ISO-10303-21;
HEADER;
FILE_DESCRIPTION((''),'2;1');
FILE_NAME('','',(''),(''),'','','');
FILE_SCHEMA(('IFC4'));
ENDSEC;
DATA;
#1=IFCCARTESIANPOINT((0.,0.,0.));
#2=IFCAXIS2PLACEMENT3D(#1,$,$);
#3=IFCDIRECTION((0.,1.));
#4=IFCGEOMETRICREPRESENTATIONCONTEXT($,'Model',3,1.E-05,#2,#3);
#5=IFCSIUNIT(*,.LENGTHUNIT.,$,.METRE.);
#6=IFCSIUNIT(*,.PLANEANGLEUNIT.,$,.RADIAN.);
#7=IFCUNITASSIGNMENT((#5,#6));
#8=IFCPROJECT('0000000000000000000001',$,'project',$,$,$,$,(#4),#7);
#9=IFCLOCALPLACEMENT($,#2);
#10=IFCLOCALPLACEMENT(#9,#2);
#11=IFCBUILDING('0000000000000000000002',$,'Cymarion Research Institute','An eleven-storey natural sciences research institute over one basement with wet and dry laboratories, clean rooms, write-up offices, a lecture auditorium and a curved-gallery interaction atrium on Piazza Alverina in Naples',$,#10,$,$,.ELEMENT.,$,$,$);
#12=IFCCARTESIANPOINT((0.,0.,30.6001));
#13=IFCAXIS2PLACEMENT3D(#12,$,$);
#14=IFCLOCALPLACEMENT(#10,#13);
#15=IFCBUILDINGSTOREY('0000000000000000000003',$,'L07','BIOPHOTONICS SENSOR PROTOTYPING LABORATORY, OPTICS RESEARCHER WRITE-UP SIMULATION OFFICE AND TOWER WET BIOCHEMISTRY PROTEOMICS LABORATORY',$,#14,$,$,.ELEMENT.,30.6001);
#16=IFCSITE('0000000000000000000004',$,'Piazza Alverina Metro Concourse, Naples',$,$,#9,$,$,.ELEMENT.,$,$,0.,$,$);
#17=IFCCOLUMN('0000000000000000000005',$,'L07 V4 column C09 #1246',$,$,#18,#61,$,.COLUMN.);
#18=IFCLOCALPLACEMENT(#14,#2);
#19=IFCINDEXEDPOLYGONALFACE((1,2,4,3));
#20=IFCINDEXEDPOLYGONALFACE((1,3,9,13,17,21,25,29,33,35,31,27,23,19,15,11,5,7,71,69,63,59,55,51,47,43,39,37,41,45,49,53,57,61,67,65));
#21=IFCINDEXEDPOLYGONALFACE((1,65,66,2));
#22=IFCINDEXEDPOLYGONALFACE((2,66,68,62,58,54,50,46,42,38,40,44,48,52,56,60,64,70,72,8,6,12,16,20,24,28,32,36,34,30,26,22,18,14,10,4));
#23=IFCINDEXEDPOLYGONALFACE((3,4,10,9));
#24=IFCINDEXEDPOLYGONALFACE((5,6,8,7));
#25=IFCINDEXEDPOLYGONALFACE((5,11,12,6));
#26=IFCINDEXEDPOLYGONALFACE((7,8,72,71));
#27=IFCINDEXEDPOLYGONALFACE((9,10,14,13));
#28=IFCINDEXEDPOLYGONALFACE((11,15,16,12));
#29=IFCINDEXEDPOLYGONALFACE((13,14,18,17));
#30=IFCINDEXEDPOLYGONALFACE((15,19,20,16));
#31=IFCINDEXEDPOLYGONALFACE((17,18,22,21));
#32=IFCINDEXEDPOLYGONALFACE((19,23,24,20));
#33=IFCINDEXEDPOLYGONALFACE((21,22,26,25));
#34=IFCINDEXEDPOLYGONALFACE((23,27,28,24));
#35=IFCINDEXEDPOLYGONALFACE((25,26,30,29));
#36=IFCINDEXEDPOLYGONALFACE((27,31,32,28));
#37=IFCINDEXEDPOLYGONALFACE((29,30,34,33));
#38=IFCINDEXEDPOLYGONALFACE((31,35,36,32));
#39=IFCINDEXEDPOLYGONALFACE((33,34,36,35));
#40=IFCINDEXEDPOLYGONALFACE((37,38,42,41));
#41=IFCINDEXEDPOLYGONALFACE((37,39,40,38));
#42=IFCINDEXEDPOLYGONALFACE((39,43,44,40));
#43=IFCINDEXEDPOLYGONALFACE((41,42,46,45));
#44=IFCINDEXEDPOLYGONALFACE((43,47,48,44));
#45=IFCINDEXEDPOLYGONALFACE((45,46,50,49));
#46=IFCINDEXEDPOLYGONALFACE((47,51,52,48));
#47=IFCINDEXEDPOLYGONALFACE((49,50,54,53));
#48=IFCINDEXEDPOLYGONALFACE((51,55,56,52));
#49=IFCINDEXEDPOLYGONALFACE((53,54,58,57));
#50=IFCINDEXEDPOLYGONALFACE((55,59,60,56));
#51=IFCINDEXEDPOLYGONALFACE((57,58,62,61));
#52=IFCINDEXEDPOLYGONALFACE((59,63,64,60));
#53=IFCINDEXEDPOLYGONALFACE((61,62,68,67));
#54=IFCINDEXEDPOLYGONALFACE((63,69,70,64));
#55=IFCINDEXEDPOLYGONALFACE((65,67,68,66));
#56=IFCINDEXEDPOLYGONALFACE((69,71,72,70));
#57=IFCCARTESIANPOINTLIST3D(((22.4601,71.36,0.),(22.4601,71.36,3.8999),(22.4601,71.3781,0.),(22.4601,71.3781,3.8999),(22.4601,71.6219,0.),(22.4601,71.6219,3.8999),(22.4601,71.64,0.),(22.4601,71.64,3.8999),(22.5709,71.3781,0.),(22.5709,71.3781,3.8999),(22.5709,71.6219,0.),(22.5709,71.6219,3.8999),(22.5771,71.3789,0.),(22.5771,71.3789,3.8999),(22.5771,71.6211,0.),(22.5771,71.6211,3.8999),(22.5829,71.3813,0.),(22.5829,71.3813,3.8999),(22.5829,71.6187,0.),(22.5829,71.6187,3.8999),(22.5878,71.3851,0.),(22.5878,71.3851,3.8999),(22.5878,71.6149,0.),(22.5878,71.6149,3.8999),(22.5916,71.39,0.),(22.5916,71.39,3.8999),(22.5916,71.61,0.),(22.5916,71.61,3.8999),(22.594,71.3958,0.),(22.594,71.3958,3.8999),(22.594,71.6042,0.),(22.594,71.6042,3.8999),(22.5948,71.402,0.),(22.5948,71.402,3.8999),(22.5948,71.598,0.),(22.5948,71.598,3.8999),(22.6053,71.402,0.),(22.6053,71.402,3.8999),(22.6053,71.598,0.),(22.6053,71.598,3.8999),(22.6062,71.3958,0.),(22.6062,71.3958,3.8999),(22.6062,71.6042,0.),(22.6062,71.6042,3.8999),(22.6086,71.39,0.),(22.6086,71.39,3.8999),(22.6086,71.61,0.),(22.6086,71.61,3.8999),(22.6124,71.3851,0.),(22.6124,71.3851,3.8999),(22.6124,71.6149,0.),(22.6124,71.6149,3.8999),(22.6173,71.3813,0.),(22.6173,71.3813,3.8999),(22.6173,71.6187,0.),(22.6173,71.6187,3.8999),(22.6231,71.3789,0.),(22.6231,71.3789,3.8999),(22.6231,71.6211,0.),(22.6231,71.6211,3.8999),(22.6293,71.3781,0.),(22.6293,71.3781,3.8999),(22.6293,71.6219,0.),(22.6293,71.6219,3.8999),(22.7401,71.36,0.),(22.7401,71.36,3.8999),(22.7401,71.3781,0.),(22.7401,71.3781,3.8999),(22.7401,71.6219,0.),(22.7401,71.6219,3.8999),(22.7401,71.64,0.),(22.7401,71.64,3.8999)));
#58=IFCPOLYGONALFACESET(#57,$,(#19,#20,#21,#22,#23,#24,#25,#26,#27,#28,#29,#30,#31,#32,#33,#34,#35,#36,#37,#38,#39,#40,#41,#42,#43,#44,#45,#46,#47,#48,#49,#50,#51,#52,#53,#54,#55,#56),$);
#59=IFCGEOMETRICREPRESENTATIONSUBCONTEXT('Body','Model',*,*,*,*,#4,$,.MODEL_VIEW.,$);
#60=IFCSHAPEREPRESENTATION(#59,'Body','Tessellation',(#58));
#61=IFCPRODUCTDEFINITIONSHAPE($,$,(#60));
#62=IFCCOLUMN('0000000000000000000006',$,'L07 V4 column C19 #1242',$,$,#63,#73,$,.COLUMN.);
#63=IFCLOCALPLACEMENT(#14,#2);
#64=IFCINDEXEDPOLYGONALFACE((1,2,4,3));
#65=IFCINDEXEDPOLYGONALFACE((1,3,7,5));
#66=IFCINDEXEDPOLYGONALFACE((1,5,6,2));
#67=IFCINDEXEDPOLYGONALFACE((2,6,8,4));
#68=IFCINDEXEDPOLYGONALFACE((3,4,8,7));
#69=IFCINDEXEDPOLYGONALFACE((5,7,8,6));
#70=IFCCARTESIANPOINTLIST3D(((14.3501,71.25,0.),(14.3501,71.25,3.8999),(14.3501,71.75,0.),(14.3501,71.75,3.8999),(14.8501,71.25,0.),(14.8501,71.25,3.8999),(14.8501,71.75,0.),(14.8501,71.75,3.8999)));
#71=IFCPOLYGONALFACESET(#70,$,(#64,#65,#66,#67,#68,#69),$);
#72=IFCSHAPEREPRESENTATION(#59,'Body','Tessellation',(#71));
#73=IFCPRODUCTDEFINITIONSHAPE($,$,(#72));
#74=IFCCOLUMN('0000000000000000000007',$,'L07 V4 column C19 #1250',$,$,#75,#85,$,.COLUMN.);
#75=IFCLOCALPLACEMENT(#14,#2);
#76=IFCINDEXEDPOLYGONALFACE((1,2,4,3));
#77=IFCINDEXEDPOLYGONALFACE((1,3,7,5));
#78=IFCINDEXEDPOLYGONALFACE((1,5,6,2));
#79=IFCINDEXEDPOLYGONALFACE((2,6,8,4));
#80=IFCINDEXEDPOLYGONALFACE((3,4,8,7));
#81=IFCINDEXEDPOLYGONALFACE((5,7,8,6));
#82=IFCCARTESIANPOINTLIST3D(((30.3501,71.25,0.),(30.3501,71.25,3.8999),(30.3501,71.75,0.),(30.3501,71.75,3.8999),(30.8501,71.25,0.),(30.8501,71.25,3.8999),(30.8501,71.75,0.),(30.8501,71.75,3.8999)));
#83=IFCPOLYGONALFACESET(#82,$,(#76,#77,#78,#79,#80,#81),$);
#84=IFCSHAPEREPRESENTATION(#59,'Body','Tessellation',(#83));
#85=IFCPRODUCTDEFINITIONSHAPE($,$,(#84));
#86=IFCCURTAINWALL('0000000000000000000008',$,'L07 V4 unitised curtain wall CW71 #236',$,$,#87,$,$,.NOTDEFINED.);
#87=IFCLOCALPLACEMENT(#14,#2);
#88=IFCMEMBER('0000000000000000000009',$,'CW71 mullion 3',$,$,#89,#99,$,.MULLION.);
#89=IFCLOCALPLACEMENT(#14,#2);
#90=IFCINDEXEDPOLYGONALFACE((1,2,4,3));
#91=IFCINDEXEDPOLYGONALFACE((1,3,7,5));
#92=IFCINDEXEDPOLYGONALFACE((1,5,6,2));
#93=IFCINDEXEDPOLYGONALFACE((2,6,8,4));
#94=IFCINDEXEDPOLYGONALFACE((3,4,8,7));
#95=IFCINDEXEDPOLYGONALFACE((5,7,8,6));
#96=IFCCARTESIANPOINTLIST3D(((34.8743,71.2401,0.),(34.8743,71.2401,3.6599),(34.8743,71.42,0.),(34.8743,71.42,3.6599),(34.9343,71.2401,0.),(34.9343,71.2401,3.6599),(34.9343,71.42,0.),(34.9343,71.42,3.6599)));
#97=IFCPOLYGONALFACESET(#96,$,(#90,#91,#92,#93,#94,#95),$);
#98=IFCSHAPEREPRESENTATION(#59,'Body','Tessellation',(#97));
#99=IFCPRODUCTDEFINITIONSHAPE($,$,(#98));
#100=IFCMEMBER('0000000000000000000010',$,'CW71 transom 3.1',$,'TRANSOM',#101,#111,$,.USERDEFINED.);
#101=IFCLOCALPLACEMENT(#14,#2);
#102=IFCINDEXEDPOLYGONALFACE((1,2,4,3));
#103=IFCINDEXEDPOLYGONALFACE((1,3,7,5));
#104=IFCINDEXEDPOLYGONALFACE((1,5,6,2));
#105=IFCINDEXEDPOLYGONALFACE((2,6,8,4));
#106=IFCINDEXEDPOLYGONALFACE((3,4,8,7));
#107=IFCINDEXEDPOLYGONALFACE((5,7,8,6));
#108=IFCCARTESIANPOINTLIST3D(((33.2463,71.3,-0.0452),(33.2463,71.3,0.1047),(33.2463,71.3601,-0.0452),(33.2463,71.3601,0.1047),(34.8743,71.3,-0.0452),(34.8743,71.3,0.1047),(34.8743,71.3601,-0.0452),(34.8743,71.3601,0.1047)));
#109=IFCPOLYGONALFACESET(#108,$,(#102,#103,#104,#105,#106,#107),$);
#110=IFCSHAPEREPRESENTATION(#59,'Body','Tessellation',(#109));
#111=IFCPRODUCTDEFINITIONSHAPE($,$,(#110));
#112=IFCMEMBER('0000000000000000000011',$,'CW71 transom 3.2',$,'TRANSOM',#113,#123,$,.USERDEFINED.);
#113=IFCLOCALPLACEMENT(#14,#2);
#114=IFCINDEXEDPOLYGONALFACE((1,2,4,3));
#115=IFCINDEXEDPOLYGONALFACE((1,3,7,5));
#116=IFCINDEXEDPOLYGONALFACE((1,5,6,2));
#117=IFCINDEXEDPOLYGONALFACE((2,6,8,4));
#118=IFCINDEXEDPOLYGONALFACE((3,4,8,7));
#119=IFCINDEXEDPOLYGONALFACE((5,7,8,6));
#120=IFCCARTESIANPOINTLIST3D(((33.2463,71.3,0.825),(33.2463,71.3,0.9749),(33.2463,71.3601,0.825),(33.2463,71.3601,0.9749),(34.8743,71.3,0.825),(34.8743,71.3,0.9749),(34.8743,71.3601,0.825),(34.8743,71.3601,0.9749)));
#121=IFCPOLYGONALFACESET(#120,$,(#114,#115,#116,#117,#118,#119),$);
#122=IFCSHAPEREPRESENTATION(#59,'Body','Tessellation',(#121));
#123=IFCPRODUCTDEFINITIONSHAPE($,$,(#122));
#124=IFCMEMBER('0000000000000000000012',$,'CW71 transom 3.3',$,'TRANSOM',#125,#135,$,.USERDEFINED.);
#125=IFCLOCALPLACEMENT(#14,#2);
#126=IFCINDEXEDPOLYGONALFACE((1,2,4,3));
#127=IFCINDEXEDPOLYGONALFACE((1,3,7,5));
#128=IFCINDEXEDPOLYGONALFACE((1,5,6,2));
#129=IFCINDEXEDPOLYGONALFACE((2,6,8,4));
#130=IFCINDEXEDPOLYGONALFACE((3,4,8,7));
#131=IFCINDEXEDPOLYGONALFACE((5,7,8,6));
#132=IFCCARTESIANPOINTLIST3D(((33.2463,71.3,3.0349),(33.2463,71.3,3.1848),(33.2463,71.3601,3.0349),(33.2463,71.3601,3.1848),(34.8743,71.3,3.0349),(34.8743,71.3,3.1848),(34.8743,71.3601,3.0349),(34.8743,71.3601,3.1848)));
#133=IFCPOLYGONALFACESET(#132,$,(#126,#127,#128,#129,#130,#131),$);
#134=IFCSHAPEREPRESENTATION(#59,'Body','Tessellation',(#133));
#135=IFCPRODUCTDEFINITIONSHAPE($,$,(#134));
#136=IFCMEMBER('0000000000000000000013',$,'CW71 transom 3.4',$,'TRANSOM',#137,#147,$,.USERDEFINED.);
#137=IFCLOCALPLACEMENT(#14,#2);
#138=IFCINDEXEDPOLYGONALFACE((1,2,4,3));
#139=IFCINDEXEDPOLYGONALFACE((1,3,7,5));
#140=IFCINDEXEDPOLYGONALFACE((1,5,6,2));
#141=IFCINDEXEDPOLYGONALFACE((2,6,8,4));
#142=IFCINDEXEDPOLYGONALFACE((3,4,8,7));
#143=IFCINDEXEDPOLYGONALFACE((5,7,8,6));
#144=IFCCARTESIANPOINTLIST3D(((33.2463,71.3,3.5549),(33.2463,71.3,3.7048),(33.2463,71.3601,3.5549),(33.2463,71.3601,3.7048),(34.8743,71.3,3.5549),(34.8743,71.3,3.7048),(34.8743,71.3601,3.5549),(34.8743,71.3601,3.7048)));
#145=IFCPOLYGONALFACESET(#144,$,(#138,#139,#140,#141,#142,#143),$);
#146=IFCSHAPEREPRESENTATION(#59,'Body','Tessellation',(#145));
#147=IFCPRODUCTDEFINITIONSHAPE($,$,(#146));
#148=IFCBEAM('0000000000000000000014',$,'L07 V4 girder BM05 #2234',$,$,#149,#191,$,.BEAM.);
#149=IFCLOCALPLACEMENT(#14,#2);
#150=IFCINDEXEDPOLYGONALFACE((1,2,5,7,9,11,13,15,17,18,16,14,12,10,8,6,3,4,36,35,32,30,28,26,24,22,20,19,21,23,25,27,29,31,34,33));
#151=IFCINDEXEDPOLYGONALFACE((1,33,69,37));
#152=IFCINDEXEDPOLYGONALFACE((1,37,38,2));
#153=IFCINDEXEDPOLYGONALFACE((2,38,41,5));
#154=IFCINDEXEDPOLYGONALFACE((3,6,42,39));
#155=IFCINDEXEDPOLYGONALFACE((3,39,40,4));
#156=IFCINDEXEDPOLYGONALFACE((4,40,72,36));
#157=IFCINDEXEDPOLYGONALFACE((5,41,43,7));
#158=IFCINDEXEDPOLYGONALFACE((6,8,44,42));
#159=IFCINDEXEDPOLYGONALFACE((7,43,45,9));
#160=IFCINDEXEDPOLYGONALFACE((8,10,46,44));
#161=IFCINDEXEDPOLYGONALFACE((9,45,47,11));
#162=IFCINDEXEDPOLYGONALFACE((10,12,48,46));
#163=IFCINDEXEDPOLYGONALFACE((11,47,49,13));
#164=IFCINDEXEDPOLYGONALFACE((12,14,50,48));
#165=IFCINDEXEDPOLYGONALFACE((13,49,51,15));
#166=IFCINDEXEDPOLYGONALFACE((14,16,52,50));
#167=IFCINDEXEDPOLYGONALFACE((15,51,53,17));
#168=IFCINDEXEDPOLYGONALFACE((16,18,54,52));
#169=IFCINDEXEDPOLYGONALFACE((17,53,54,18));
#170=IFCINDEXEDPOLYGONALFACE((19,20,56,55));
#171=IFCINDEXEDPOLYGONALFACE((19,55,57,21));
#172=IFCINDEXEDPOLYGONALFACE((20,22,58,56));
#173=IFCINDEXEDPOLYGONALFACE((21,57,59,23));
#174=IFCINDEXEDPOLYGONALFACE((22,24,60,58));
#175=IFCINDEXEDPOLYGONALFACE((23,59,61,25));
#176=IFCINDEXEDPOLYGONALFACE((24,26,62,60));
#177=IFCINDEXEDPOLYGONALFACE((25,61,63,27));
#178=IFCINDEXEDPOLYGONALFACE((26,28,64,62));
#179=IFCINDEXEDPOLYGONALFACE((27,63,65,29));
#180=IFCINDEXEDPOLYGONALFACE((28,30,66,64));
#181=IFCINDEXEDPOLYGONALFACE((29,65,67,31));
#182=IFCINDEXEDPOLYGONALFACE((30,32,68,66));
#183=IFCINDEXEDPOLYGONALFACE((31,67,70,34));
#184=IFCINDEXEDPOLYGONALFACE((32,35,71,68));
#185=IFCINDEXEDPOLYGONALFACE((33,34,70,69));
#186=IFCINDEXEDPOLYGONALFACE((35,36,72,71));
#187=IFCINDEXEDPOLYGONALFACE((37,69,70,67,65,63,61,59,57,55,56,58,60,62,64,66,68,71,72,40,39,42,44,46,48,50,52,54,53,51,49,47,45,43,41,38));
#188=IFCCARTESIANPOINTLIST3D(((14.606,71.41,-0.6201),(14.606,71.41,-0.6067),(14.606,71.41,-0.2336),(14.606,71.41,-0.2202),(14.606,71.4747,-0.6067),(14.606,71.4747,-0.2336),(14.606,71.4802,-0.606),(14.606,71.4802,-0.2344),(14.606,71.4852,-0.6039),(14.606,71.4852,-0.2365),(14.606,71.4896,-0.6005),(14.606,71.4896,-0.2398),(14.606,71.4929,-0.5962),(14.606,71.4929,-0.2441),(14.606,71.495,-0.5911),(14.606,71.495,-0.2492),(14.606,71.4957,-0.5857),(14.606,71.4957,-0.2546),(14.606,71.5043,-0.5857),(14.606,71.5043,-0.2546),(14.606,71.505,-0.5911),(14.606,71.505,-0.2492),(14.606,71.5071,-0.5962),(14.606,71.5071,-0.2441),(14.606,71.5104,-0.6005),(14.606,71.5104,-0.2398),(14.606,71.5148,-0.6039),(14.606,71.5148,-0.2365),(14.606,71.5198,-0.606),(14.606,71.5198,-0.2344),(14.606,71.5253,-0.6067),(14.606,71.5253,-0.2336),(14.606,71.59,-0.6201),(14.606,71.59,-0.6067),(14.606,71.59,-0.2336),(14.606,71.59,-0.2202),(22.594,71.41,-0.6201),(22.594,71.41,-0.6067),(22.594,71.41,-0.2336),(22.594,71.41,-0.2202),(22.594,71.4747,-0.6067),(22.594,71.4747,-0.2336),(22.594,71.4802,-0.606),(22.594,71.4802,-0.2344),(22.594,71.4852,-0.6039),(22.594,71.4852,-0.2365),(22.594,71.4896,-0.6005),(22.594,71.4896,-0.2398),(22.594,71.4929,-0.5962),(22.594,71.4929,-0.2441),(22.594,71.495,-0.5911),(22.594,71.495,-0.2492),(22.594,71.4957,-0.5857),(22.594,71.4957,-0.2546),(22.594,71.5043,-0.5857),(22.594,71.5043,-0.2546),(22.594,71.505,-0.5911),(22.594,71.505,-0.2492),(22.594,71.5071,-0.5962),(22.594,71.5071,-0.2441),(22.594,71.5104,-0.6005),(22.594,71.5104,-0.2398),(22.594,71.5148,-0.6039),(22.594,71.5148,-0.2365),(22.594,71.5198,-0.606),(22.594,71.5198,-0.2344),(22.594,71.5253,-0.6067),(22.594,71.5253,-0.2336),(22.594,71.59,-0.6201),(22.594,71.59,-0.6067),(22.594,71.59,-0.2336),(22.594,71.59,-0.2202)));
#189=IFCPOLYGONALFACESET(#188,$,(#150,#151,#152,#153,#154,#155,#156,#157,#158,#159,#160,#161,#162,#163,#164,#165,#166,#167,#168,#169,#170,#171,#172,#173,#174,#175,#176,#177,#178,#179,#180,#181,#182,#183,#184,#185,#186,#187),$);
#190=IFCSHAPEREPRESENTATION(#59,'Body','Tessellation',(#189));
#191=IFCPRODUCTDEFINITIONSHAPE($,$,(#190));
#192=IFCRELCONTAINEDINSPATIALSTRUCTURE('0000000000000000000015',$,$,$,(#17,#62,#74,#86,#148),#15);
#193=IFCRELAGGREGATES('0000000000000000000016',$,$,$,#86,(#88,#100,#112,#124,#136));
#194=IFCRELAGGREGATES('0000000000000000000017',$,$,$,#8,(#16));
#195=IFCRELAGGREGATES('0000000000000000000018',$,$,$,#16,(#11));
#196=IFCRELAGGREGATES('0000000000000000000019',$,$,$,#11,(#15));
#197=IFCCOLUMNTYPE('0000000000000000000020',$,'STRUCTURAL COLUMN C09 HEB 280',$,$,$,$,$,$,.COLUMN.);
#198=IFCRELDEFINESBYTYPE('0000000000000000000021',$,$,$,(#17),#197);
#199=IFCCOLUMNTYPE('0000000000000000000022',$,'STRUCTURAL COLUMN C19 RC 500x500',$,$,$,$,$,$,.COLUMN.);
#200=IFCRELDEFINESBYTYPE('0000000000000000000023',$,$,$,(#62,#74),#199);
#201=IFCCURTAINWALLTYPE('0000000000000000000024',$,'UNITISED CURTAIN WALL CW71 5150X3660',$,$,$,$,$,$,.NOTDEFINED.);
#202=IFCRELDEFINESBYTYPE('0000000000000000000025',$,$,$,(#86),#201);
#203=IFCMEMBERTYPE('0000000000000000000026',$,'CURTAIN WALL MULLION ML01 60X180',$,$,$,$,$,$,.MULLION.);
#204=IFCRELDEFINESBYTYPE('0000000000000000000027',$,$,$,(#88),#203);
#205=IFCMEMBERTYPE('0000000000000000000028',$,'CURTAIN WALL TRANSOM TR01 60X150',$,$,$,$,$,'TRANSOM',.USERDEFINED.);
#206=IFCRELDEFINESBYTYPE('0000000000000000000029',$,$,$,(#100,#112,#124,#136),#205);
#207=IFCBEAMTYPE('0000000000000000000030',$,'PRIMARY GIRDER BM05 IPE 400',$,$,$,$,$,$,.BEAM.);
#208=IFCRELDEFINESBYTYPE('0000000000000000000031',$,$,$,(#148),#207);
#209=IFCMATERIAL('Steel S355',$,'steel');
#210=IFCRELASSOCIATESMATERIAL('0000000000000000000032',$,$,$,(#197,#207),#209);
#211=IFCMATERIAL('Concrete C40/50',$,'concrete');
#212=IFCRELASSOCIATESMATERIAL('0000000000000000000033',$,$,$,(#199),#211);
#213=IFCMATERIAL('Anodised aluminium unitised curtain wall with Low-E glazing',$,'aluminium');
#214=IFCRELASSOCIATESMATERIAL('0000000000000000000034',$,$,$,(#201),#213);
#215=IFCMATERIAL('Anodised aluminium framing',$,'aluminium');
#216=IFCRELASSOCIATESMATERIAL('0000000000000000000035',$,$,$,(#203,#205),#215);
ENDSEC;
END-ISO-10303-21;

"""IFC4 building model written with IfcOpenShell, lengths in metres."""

from ifc_helpers import new_model, si_unit, direction, frame, origin, origin_2d, place, context, subcontext, project, spatial, rectangle, i_section, extrude, material, material_profile, profile_set, type_object, element, aggregate, save


model = new_model("IFC4")

# Units and contexts
model_context = context("Model", 3, precision=1e-05, world=origin(), true_north=direction((0.0, 1.0)))
body_context = subcontext(model_context, "Body", "Model", "MODEL_VIEW")
ifc_project = project(units=[si_unit("LENGTHUNIT", "METRE"), si_unit("PLANEANGLEUNIT", "RADIAN")], contexts=[model_context])

# Site, building, storey
site_placement = place(None, origin())
site = spatial("IfcSite", under=ifc_project, at=site_placement, Name="Piazza Alverina Metro Concourse, Naples", CompositionType="ELEMENT", RefElevation=0.0)
building_placement = place(site_placement, origin())
building = spatial("IfcBuilding", under=site, at=building_placement, Name="Cymarion Research Institute", Description="An eleven-storey natural sciences research institute over one basement with wet and dry laboratories, clean rooms, write-up offices, a lecture auditorium and a curved-gallery interaction atrium on Piazza Alverina in Naples", CompositionType="ELEMENT")
storey_placement = place(building_placement, frame((0.0, 0.0, 30.6001)))
storey = spatial("IfcBuildingStorey", under=building, at=storey_placement, Name="L07", Description="BIOPHOTONICS SENSOR PROTOTYPING LABORATORY, OPTICS RESEARCHER WRITE-UP SIMULATION OFFICE AND TOWER WET BIOCHEMISTRY PROTEOMICS LABORATORY", CompositionType="ELEMENT", Elevation=30.6001)

# Columns
ifc_material_1 = material(Name="Steel S355", Category="steel")
ifc_material_profile_1 = material_profile(ifc_material_1, i_section(OverallWidth=0.28, OverallDepth=0.28, WebThickness=0.0105, FlangeThickness=0.0181, FilletRadius=0.0239, at=origin_2d()), Name="HEB 280")
ifc_profile_set_1 = profile_set([ifc_material_profile_1], Name="Steel S355")
column_type_1 = type_object("IfcColumnType", Name="STRUCTURAL COLUMN C09 HEB 280", PredefinedType="COLUMN", material=ifc_profile_set_1)
column_placement = place(storey_placement, frame((22.6001, 71.5, 0.0), z_axis=(0.0, 0.0, 1.0), x_axis=(1.0, 0.0, 0.0)))
element("IfcColumn", 1, at=column_placement, inside=storey, type_object=column_type_1, Name="L07 V4 column C09 #1246", PredefinedType="COLUMN", context=body_context, shape_type="SweptSolid", body=[
    extrude(i_section(OverallWidth=0.28, OverallDepth=0.28, WebThickness=0.0105, FlangeThickness=0.0181, FilletRadius=0.0239, at=origin_2d()), origin(), (0.0, 0.0, 1.0), 3.8999),
])
ifc_material_2 = material(Name="Concrete C40/50", Category="concrete")
ifc_material_profile_2 = material_profile(ifc_material_2, rectangle(XDim=0.5, YDim=0.5, at=origin_2d()), Name="RC 500x500")
ifc_profile_set_2 = profile_set([ifc_material_profile_2], Name="Concrete C40/50")
column_type_2 = type_object("IfcColumnType", Name="STRUCTURAL COLUMN C19 RC 500x500", PredefinedType="COLUMN", material=ifc_profile_set_2)
for number, where, z_axis, x_axis, name in (
    (2, (14.6001, 71.5, 0.0), (0.0, 0.0, 1.0), (1.0, 0.0, 0.0), "L07 V4 column C19 #1242"),
    (3, (30.6001, 71.5, 0.0), (0.0, 0.0, 1.0), (1.0, 0.0, 0.0), "L07 V4 column C19 #1250"),
):
    element("IfcColumn", number, at=place(storey_placement, frame(where, z_axis=z_axis, x_axis=x_axis)), inside=storey, type_object=column_type_2, Name=name, PredefinedType="COLUMN", context=body_context, shape_type="SweptSolid", body=[
        extrude(rectangle(XDim=0.5, YDim=0.5, at=origin_2d()), origin(), (0.0, 0.0, 1.0), 3.8999),
    ])

# Curtain wall, members
ifc_material_3 = material(Name="Anodised aluminium unitised curtain wall with Low-E glazing", Category="aluminium")
curtain_wall_type = type_object("IfcCurtainWallType", Name="UNITISED CURTAIN WALL CW71 5150X3660", PredefinedType="NOTDEFINED", material=ifc_material_3)
curtain_wall_placement = place(storey_placement, origin())
curtain_wall = element("IfcCurtainWall", 4, at=curtain_wall_placement, inside=storey, type_object=curtain_wall_type, Name="L07 V4 unitised curtain wall CW71 #236", PredefinedType="NOTDEFINED")
ifc_material_4 = material(Name="Anodised aluminium framing", Category="aluminium")
ifc_material_profile_3 = material_profile(ifc_material_4, rectangle(XDim=0.0601, YDim=0.1799, at=origin_2d()), Name="ALU MULLION 60x180")
ifc_profile_set_3 = profile_set([ifc_material_profile_3], Name="Anodised aluminium framing")
member_type_1 = type_object("IfcMemberType", Name="CURTAIN WALL MULLION ML01 60X180", PredefinedType="MULLION", material=ifc_profile_set_3)
member_1_placement = place(storey_placement, frame((34.9043, 71.3301, 0.0), z_axis=(0.0, 0.0, 1.0), x_axis=(-1.0, 0.0, 0.0)))
member_1 = element("IfcMember", 5, at=member_1_placement, type_object=member_type_1, Name="CW71 mullion 3", PredefinedType="MULLION", context=body_context, shape_type="SweptSolid", body=[
    extrude(rectangle(XDim=0.0601, YDim=0.1799, at=origin_2d()), origin(), (0.0, 0.0, 1.0), 3.6599),
])
ifc_material_profile_4 = material_profile(ifc_material_4, rectangle(XDim=0.0601, YDim=0.1499, at=origin_2d()), Name="ALU TRANSOM 60x150")
ifc_profile_set_4 = profile_set([ifc_material_profile_4], Name="Anodised aluminium framing")
member_type_2 = type_object("IfcMemberType", Name="CURTAIN WALL TRANSOM TR01 60X150", ElementType="TRANSOM", PredefinedType="USERDEFINED", material=ifc_profile_set_4)
member_2_placement = place(storey_placement, frame((34.8743, 71.3301, 0.0298), z_axis=(-1.0, 0.0, 0.0), x_axis=(0.0, -1.0, 0.0)))
member_2 = element("IfcMember", 6, at=member_2_placement, type_object=member_type_2, Name="CW71 transom 3.1", ObjectType="TRANSOM", PredefinedType="USERDEFINED", context=body_context, shape_type="SweptSolid", body=[
    extrude(rectangle(XDim=0.0601, YDim=0.1499, at=origin_2d()), origin(), (0.0, 0.0, 1.0), 1.6279),
])
member_3_placement = place(storey_placement, frame((34.8743, 71.3301, 0.8999), z_axis=(-1.0, 0.0, 0.0), x_axis=(0.0, -1.0, 0.0)))
member_3 = element("IfcMember", 7, at=member_3_placement, type_object=member_type_2, Name="CW71 transom 3.2", ObjectType="TRANSOM", PredefinedType="USERDEFINED", context=body_context, shape_type="SweptSolid", body=[
    extrude(rectangle(XDim=0.0601, YDim=0.1499, at=origin_2d()), origin(), (0.0, 0.0, 1.0), 1.6279),
])
member_4_placement = place(storey_placement, frame((34.8743, 71.3301, 3.1099), z_axis=(-1.0, 0.0, 0.0), x_axis=(0.0, -1.0, 0.0)))
member_4 = element("IfcMember", 8, at=member_4_placement, type_object=member_type_2, Name="CW71 transom 3.3", ObjectType="TRANSOM", PredefinedType="USERDEFINED", context=body_context, shape_type="SweptSolid", body=[
    extrude(rectangle(XDim=0.0601, YDim=0.1499, at=origin_2d()), origin(), (0.0, 0.0, 1.0), 1.6279),
])
member_5_placement = place(storey_placement, frame((34.8743, 71.3301, 3.6299), z_axis=(-1.0, 0.0, 0.0), x_axis=(0.0, -1.0, 0.0)))
member_5 = element("IfcMember", 9, at=member_5_placement, type_object=member_type_2, Name="CW71 transom 3.4", ObjectType="TRANSOM", PredefinedType="USERDEFINED", context=body_context, shape_type="SweptSolid", body=[
    extrude(rectangle(XDim=0.0601, YDim=0.1499, at=origin_2d()), origin(), (0.0, 0.0, 1.0), 1.6279),
])

# Beam
ifc_material_profile_5 = material_profile(ifc_material_1, i_section(OverallWidth=0.1799, OverallDepth=0.3999, WebThickness=0.0085, FlangeThickness=0.0134, FilletRadius=0.021, at=origin_2d()), Name="IPE 400")
ifc_profile_set_5 = profile_set([ifc_material_profile_5], Name="Steel S355")
beam_type = type_object("IfcBeamType", Name="PRIMARY GIRDER BM05 IPE 400", PredefinedType="BEAM", material=ifc_profile_set_5)
for number, where, z_axis, x_axis, name in (
    (10, (14.606, 71.5, -0.4202), (1.0, 0.0, 0.0), (0.0, 1.0, 0.0), "L07 V4 girder BM05 #2234"),
):
    element("IfcBeam", number, at=place(storey_placement, frame(where, z_axis=z_axis, x_axis=x_axis)), inside=storey, type_object=beam_type, Name=name, PredefinedType="BEAM", context=body_context, shape_type="SweptSolid", body=[
        extrude(i_section(OverallWidth=0.1799, OverallDepth=0.3999, WebThickness=0.0085, FlangeThickness=0.0134, FilletRadius=0.021, at=origin_2d()), origin(), (0.0, 0.0, 1.0), 7.988),
    ])

aggregate(curtain_wall, [member_1, member_2, member_3, member_4, member_5])

save(model, "model.ifc")
